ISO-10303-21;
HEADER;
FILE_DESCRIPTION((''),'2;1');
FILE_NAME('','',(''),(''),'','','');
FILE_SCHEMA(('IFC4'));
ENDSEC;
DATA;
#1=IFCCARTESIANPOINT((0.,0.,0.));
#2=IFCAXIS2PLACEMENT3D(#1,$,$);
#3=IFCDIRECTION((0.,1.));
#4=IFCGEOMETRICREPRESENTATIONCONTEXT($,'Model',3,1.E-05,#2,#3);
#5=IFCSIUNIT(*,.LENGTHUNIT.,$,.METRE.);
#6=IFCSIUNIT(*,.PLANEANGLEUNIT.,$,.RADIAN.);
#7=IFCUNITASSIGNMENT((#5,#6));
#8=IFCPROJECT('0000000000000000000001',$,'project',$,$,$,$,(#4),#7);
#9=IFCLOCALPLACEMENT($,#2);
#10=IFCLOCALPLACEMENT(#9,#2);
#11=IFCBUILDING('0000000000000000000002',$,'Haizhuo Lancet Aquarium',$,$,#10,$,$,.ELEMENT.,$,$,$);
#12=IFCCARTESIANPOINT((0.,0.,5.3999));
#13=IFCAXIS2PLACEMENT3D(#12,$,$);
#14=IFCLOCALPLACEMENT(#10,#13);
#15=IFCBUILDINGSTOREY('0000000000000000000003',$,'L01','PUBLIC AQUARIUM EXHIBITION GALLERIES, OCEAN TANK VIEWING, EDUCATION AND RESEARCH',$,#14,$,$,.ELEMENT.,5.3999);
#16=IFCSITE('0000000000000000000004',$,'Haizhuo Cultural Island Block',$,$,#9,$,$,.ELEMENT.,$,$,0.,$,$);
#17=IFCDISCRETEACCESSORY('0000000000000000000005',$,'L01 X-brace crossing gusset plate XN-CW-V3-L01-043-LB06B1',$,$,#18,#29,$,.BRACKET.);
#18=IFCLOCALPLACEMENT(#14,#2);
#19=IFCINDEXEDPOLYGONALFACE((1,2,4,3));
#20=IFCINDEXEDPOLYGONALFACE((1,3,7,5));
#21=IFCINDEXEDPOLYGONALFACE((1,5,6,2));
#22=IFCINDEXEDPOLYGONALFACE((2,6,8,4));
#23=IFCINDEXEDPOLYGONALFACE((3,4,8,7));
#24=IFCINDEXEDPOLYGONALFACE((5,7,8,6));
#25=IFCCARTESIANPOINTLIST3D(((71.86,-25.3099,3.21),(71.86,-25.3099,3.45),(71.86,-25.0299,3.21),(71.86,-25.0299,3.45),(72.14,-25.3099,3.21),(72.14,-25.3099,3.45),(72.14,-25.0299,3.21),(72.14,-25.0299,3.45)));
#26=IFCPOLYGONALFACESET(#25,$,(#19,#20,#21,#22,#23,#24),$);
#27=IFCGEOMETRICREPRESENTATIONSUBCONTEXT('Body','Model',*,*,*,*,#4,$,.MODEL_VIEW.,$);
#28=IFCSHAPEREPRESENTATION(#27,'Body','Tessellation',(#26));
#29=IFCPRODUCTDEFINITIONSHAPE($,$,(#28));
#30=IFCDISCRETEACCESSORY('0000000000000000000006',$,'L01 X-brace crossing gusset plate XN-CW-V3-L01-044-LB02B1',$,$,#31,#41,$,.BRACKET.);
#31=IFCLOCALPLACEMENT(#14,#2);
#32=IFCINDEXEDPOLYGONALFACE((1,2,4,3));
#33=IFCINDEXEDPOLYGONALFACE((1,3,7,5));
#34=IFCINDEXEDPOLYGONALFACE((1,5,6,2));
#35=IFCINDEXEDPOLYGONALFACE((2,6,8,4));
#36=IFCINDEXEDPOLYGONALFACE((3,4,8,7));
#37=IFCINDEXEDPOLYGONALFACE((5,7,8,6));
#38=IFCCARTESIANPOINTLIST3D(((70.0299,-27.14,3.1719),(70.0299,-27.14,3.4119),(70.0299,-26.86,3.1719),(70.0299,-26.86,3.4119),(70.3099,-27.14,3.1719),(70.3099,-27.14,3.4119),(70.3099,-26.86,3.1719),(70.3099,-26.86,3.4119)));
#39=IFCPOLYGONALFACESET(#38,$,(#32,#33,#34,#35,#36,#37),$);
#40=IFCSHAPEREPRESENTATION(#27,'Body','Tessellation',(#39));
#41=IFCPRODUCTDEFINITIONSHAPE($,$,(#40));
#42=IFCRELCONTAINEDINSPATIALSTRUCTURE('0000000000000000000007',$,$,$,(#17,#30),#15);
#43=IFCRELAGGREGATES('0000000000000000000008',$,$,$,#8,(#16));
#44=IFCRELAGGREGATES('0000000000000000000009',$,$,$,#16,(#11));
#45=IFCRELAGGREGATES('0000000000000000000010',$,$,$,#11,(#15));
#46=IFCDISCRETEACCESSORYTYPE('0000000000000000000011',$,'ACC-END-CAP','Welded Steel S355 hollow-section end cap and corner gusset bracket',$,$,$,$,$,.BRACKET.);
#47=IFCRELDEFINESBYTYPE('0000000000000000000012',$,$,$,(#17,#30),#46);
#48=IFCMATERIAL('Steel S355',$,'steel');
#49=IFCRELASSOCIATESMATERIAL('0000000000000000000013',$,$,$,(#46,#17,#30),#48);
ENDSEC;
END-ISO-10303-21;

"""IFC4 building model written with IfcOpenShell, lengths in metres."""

from ifc_helpers import new_model, si_unit, direction, frame, origin, origin_2d, place, context, subcontext, project, spatial, rectangle, extrude, material, type_object, element, save


model = new_model("IFC4")

# Units and contexts
model_context = context("Model", 3, precision=1e-05, world=origin(), true_north=direction((0.0, 1.0)))
body_context = subcontext(model_context, "Body", "Model", "MODEL_VIEW")
ifc_project = project(units=[si_unit("LENGTHUNIT", "METRE"), si_unit("PLANEANGLEUNIT", "RADIAN")], contexts=[model_context])

# Site, building, storey
site_placement = place(None, origin())
site = spatial("IfcSite", under=ifc_project, at=site_placement, Name="Haizhuo Cultural Island Block", CompositionType="ELEMENT", RefElevation=0.0)
building_placement = place(site_placement, origin())
building = spatial("IfcBuilding", under=site, at=building_placement, Name="Haizhuo Lancet Aquarium", CompositionType="ELEMENT")
storey_placement = place(building_placement, frame((0.0, 0.0, 5.3999)))
storey = spatial("IfcBuildingStorey", under=building, at=storey_placement, Name="L01", Description="PUBLIC AQUARIUM EXHIBITION GALLERIES, OCEAN TANK VIEWING, EDUCATION AND RESEARCH", CompositionType="ELEMENT", Elevation=5.3999)

# Shared definitions
ifc_material_1 = material(Name="Steel S355", Category="steel")

# Discrete accessories
discrete_accessory_type = type_object("IfcDiscreteAccessoryType", Name="ACC-END-CAP", Description="Welded Steel S355 hollow-section end cap and corner gusset bracket", PredefinedType="BRACKET", material=ifc_material_1)
for number, where, z_axis, x_axis, name in (
    (1, (72.0, -25.1699, 3.21), (0.0, 0.0, 1.0), (1.0, 0.0, 0.0), "L01 X-brace crossing gusset plate XN-CW-V3-L01-043-LB06B1"),
    (2, (70.1699, -27.0, 3.1719), (0.0, 0.0, 1.0), (1.0, 0.0, 0.0), "L01 X-brace crossing gusset plate XN-CW-V3-L01-044-LB02B1"),
):
    element("IfcDiscreteAccessory", number, at=place(storey_placement, frame(where, z_axis=z_axis, x_axis=x_axis)), inside=storey, type_object=discrete_accessory_type, material=ifc_material_1, Name=name, PredefinedType="BRACKET", context=body_context, shape_type="SweptSolid", body=[
        extrude(rectangle(XDim=0.28, YDim=0.28, at=origin_2d()), origin(), (0.0, 0.0, 1.0), 0.24),
    ])

save(model, "model.ifc")
